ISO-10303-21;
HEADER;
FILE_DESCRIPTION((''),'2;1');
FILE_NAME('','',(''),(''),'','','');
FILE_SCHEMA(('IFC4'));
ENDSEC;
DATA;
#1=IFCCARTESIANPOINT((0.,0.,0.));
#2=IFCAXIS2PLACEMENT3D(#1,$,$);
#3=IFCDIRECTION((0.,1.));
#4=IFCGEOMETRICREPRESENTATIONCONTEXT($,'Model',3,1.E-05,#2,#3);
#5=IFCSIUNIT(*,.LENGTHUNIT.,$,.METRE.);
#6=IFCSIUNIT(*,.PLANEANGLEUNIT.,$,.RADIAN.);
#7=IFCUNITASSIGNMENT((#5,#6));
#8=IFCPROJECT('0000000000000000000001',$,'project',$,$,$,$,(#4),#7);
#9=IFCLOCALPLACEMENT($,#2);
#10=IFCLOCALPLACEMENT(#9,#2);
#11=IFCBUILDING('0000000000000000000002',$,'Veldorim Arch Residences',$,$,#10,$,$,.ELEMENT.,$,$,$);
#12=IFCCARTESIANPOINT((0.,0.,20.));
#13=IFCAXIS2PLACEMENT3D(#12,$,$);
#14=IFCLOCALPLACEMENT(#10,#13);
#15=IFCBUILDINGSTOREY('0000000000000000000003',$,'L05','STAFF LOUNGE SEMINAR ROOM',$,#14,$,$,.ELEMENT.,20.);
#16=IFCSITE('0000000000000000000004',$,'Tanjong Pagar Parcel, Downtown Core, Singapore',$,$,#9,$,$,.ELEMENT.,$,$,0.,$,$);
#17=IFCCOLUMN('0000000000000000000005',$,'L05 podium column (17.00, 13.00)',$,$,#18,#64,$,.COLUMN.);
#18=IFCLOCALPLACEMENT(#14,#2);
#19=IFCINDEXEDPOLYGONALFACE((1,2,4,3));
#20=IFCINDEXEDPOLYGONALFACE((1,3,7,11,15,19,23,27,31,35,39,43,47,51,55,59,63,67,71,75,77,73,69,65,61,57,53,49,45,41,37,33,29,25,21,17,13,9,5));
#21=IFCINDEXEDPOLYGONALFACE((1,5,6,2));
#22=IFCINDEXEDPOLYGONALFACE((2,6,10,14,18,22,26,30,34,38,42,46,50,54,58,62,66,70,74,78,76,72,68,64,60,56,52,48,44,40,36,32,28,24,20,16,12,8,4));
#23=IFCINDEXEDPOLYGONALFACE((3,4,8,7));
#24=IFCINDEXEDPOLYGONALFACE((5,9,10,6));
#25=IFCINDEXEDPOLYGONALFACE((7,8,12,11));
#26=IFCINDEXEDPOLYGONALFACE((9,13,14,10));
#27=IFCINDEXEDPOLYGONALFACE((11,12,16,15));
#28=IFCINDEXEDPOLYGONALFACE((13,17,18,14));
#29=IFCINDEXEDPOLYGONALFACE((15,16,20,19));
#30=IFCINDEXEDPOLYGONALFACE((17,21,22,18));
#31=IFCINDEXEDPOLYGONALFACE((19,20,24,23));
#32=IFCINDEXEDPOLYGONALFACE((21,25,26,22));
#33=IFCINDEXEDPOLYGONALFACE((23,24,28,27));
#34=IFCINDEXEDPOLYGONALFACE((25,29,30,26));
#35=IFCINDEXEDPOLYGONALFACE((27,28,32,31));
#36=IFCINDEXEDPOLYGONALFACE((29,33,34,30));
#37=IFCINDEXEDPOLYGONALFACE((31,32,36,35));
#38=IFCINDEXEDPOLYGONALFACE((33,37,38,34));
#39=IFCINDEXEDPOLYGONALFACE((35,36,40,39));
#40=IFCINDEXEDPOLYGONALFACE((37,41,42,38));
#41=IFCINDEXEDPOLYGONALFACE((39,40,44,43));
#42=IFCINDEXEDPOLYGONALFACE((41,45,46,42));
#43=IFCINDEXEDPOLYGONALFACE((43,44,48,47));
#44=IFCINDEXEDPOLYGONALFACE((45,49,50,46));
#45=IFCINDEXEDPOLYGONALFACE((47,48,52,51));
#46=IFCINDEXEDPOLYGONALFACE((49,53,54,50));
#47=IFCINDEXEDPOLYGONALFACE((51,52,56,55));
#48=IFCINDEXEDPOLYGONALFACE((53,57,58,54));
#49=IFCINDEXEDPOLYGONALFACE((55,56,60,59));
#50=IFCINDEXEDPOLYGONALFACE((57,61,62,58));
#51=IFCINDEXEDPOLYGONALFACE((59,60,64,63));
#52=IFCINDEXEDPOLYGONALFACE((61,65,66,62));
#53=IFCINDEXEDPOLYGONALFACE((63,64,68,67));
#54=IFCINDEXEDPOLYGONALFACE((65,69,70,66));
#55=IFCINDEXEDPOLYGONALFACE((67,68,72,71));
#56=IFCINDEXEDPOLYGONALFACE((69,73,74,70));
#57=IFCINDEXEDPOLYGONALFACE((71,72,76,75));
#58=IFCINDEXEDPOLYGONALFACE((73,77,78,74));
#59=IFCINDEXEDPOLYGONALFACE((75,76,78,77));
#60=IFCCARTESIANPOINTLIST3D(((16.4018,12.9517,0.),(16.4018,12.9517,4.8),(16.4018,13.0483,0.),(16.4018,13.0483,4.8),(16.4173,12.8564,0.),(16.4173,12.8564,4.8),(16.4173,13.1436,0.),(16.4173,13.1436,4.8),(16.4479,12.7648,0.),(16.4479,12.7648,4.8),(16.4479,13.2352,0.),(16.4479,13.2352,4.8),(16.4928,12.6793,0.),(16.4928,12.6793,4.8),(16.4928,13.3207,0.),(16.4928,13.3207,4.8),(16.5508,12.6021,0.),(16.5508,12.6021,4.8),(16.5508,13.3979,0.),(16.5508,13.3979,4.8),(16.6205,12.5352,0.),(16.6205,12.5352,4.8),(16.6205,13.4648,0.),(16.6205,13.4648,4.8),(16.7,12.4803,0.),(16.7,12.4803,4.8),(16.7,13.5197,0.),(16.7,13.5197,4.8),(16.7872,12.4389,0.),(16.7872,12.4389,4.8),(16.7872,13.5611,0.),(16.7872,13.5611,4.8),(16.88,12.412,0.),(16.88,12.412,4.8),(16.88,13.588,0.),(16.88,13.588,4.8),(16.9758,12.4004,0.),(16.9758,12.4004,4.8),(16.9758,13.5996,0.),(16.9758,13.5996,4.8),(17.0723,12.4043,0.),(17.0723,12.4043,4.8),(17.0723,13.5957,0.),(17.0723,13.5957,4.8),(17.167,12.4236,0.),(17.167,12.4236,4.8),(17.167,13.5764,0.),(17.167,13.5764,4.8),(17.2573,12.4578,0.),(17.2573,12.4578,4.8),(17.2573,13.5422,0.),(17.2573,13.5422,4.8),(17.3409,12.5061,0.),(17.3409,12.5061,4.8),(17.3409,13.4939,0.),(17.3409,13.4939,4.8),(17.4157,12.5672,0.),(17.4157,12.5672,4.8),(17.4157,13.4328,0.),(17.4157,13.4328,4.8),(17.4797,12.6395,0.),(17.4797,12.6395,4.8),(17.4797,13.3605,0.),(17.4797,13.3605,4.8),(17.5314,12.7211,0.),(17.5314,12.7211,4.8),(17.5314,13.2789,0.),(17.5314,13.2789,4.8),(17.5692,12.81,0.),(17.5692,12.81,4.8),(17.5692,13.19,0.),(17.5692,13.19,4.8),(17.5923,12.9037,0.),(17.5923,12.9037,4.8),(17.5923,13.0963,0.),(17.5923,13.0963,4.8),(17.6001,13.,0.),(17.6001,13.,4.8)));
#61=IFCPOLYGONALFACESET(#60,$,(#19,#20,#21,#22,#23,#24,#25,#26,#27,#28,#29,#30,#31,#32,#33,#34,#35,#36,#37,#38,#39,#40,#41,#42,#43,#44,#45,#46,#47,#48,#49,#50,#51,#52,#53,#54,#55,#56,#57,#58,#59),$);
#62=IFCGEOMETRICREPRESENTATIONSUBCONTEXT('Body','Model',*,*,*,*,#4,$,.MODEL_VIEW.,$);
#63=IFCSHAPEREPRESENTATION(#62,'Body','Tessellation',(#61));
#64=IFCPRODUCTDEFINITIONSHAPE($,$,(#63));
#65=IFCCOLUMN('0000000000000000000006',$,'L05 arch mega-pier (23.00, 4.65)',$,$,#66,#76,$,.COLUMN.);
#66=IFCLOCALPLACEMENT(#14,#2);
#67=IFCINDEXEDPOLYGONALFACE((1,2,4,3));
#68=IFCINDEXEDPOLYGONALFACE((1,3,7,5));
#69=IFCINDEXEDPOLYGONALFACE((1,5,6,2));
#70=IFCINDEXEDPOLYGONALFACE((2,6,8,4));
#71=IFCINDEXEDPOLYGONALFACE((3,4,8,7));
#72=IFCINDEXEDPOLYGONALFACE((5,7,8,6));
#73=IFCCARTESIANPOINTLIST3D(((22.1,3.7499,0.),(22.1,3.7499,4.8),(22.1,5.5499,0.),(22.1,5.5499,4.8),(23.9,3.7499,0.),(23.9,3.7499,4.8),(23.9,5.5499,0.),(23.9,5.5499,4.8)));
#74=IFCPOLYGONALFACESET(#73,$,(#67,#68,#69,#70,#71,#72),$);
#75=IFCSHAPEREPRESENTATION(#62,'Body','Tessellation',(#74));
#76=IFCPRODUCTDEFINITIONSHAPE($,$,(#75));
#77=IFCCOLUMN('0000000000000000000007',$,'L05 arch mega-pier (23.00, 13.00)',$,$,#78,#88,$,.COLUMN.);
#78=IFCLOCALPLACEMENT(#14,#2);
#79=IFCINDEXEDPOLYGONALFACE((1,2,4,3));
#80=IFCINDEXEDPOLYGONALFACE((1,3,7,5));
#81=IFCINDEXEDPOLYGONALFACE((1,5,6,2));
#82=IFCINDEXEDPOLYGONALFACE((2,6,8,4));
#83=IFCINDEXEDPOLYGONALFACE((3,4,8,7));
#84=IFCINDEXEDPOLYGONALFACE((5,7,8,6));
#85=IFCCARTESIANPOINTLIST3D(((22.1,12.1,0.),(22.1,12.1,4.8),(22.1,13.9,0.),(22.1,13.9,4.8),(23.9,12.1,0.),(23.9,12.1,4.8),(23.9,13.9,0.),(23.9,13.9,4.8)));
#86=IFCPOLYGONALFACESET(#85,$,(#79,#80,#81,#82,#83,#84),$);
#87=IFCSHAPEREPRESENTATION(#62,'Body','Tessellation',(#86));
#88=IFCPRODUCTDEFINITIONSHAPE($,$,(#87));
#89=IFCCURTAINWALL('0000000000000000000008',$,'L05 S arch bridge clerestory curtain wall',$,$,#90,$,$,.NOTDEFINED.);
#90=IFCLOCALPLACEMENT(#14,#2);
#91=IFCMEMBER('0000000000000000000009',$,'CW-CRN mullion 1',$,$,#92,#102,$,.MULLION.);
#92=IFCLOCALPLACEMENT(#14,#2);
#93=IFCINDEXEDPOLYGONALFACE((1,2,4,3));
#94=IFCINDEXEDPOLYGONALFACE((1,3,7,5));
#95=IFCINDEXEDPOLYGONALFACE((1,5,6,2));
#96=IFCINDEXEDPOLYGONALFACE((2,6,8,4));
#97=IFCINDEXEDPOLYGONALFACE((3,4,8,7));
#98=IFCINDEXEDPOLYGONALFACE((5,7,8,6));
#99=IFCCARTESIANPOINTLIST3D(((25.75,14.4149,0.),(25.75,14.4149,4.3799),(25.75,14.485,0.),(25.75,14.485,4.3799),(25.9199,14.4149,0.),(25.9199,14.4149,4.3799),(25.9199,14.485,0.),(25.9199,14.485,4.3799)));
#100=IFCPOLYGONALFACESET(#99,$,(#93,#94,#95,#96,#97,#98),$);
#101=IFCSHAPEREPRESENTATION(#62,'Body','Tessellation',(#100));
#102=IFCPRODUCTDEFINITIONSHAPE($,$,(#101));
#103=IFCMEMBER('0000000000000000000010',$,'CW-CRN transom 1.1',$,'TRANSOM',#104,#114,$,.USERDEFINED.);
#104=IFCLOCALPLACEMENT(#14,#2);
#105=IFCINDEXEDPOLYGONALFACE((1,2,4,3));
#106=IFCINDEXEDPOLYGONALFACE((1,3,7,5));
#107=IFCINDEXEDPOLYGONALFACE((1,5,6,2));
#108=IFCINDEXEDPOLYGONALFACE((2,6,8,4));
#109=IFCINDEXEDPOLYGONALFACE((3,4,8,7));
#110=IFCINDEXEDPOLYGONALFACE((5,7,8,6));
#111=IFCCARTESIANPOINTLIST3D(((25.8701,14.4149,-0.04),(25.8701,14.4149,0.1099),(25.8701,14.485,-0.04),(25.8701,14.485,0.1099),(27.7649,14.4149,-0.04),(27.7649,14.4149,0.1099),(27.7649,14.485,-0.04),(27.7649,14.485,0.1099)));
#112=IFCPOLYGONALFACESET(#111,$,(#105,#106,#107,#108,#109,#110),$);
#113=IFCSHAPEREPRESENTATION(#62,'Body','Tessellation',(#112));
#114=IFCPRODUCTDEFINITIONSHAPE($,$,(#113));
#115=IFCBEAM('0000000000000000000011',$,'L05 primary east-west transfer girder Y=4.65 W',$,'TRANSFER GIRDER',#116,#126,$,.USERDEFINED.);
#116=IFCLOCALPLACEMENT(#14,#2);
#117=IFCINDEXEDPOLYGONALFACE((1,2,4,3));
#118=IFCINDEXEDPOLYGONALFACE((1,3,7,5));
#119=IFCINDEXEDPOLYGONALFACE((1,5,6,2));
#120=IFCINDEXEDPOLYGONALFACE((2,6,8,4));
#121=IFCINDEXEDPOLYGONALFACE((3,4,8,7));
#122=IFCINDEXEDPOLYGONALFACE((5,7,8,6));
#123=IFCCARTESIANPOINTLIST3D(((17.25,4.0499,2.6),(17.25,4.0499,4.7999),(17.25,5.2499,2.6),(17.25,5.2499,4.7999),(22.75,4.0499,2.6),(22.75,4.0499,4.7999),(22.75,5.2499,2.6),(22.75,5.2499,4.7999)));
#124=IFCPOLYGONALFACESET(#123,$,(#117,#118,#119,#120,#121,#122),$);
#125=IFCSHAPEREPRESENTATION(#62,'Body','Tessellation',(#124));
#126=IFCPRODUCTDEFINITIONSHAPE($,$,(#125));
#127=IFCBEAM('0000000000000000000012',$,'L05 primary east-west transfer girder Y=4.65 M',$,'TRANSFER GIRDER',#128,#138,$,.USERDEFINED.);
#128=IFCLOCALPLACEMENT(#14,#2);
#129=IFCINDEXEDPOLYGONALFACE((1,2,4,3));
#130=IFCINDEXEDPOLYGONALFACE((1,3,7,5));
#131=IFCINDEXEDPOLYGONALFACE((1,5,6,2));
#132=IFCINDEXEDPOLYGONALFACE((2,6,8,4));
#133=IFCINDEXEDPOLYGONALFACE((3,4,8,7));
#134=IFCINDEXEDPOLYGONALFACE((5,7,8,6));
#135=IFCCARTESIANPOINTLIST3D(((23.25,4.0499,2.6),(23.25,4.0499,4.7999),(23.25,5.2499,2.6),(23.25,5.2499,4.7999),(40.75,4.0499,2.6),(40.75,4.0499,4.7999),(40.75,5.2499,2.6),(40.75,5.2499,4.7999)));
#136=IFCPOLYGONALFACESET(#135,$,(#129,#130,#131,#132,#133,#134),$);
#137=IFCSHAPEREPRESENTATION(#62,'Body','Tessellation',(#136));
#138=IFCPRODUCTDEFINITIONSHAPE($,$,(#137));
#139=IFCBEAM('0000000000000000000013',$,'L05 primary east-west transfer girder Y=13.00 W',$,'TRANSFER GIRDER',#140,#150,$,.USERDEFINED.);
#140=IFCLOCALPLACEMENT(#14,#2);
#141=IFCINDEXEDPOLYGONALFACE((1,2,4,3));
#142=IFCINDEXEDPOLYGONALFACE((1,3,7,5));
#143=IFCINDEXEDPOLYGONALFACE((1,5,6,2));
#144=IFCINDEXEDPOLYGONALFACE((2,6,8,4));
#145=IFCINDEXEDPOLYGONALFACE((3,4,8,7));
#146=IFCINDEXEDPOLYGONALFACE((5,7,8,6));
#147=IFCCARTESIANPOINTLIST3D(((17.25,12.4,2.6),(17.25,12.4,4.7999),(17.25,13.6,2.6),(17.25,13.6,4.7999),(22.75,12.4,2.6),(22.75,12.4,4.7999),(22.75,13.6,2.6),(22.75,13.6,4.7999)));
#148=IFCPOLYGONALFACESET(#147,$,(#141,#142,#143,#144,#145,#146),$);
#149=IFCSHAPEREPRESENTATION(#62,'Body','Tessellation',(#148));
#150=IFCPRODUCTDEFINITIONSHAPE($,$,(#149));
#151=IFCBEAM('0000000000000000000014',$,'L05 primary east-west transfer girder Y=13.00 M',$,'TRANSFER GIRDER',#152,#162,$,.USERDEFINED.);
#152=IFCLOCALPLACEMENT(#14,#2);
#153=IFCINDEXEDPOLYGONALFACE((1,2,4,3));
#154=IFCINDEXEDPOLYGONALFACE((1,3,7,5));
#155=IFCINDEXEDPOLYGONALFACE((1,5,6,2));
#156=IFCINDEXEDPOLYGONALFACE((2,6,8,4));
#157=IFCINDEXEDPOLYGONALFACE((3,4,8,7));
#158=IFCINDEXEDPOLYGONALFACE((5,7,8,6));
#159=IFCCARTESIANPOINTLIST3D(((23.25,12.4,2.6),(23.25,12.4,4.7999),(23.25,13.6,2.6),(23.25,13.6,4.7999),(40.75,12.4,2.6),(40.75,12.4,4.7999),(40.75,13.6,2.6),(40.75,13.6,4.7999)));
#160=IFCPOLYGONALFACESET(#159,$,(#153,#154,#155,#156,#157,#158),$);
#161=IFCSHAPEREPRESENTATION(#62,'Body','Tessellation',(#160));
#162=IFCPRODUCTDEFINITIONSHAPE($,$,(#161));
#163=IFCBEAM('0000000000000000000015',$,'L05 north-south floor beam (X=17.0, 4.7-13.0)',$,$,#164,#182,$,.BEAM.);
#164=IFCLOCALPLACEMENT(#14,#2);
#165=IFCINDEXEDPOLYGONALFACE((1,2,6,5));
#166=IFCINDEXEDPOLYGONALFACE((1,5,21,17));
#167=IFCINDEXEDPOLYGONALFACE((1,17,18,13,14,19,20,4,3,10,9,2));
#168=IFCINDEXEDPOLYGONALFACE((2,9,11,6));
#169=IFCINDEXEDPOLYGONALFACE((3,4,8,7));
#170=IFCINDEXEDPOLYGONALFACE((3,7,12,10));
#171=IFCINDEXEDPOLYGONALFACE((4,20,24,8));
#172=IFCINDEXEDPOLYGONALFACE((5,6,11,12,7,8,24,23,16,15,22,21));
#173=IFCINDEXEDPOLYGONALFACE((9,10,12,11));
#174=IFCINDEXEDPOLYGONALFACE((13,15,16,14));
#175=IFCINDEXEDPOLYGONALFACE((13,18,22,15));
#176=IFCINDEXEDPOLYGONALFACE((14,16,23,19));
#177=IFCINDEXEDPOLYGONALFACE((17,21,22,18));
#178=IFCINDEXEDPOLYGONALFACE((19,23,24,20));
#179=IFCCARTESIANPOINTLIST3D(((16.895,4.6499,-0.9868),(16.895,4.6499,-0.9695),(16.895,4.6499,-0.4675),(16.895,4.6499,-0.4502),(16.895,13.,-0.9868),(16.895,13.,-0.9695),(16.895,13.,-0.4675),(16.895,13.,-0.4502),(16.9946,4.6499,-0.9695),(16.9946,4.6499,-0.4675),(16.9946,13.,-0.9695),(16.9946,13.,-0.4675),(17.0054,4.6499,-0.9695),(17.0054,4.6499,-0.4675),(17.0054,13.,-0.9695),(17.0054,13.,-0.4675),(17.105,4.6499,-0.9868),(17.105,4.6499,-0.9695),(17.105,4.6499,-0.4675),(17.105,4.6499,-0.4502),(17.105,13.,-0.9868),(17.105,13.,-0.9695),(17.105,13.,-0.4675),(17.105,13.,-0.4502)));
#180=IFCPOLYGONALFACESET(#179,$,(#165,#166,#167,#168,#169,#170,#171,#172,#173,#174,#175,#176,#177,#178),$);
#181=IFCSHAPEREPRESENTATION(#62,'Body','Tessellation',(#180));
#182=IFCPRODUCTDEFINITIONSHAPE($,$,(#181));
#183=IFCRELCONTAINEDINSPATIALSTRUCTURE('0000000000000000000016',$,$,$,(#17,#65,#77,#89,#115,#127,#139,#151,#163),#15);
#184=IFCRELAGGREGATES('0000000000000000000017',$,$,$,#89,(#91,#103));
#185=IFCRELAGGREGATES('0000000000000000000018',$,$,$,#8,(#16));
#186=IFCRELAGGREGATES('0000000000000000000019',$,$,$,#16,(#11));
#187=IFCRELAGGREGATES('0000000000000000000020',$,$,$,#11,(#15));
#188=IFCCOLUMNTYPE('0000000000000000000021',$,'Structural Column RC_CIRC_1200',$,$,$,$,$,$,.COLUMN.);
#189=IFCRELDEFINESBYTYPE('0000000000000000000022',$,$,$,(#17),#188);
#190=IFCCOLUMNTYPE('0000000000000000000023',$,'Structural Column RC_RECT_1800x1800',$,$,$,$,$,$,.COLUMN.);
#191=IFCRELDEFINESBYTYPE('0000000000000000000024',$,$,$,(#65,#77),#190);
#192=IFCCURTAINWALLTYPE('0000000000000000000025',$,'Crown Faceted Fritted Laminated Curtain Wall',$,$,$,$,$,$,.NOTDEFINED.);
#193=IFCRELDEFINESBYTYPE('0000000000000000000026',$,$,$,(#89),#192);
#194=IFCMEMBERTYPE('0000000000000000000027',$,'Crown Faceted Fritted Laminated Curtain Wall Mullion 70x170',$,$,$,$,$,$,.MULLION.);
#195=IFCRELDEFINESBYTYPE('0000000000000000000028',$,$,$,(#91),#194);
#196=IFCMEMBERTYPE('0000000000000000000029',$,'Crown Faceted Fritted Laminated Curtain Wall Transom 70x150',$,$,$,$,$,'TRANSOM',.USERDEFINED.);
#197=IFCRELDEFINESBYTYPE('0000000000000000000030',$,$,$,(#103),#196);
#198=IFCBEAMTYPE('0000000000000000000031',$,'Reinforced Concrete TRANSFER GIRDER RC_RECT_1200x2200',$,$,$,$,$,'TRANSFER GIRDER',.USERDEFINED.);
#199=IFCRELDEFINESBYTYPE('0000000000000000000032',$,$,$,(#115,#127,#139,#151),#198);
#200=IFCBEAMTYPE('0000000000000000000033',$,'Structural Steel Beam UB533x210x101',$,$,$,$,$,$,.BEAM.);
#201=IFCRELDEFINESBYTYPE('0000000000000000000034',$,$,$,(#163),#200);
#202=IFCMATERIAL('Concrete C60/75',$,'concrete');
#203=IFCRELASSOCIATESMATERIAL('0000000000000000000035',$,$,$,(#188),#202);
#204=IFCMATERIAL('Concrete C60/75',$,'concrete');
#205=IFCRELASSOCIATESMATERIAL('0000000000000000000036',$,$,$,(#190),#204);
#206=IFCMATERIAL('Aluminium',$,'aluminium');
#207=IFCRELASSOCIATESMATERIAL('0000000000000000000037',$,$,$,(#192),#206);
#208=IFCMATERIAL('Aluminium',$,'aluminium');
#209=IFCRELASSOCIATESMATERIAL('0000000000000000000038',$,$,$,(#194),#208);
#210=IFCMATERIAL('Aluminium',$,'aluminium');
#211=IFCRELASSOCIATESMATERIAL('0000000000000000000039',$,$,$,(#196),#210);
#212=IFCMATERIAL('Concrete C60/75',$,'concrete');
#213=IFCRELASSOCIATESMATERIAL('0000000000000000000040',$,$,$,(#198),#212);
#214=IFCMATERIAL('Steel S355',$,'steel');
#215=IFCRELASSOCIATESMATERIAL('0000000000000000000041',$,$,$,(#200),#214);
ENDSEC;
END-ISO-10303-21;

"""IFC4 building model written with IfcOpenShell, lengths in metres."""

from ifc_helpers import new_model, si_unit, direction, frame, origin, origin_2d, place, context, subcontext, project, spatial, rectangle, circle, i_section, extrude, material, material_profile, profile_set, type_object, element, aggregate, save


model = new_model("IFC4")

# Units and contexts
model_context = context("Model", 3, precision=1e-05, world=origin(), true_north=direction((0.0, 1.0)))
body_context = subcontext(model_context, "Body", "Model", "MODEL_VIEW")
ifc_project = project(units=[si_unit("LENGTHUNIT", "METRE"), si_unit("PLANEANGLEUNIT", "RADIAN")], contexts=[model_context])

# Site, building, storey
site_placement = place(None, origin())
site = spatial("IfcSite", under=ifc_project, at=site_placement, Name="Tanjong Pagar Parcel, Downtown Core, Singapore", CompositionType="ELEMENT", RefElevation=0.0)
building_placement = place(site_placement, origin())
building = spatial("IfcBuilding", under=site, at=building_placement, Name="Veldorim Arch Residences", CompositionType="ELEMENT")
storey_placement = place(building_placement, frame((0.0, 0.0, 20.0)))
storey = spatial("IfcBuildingStorey", under=building, at=storey_placement, Name="L05", Description="STAFF LOUNGE SEMINAR ROOM", CompositionType="ELEMENT", Elevation=20.0)

# Columns
ifc_material_1 = material(Name="Concrete C60/75", Category="concrete")
ifc_material_profile_1 = material_profile(ifc_material_1, circle(Radius=0.6001, at=origin_2d()), Name="RC_CIRC_1200")
ifc_profile_set_1 = profile_set([ifc_material_profile_1], Name="Concrete C60/75")
column_type_1 = type_object("IfcColumnType", Name="Structural Column RC_CIRC_1200", PredefinedType="COLUMN", material=ifc_profile_set_1)
column_placement = place(storey_placement, frame((17.0, 13.0, 0.0), z_axis=(0.0, 0.0, 1.0), x_axis=(1.0, 0.0, 0.0)))
element("IfcColumn", 1, at=column_placement, inside=storey, type_object=column_type_1, Name="L05 podium column (17.00, 13.00)", PredefinedType="COLUMN", context=body_context, shape_type="SweptSolid", body=[
    extrude(circle(Radius=0.6001, at=origin_2d()), origin(), (0.0, 0.0, 1.0), 4.8),
])
ifc_material_2 = material(Name="Concrete C60/75", Category="concrete")
ifc_material_profile_2 = material_profile(ifc_material_2, rectangle(XDim=1.8, YDim=1.8, at=origin_2d()), Name="RC_RECT_1800x1800")
ifc_profile_set_2 = profile_set([ifc_material_profile_2], Name="Concrete C60/75")
column_type_2 = type_object("IfcColumnType", Name="Structural Column RC_RECT_1800x1800", PredefinedType="COLUMN", material=ifc_profile_set_2)
for number, where, z_axis, x_axis, name in (
    (2, (23.0, 4.6499, 0.0), (0.0, 0.0, 1.0), (1.0, 0.0, 0.0), "L05 arch mega-pier (23.00, 4.65)"),
    (3, (23.0, 13.0, 0.0), (0.0, 0.0, 1.0), (1.0, 0.0, 0.0), "L05 arch mega-pier (23.00, 13.00)"),
):
    element("IfcColumn", number, at=place(storey_placement, frame(where, z_axis=z_axis, x_axis=x_axis)), inside=storey, type_object=column_type_2, Name=name, PredefinedType="COLUMN", context=body_context, shape_type="SweptSolid", body=[
        extrude(rectangle(XDim=1.8, YDim=1.8, at=origin_2d()), origin(), (0.0, 0.0, 1.0), 4.8),
    ])

# Curtain wall, members
ifc_material_3 = material(Name="Aluminium", Category="aluminium")
curtain_wall_type = type_object("IfcCurtainWallType", Name="Crown Faceted Fritted Laminated Curtain Wall", PredefinedType="NOTDEFINED", material=ifc_material_3)
curtain_wall_placement = place(storey_placement, origin())
curtain_wall = element("IfcCurtainWall", 4, at=curtain_wall_placement, inside=storey, type_object=curtain_wall_type, Name="L05 S arch bridge clerestory curtain wall", PredefinedType="NOTDEFINED")
ifc_material_4 = material(Name="Aluminium", Category="aluminium")
ifc_material_profile_3 = material_profile(ifc_material_4, rectangle(XDim=0.0701, YDim=0.1699, at=origin_2d()), Name="ALU_MUL_70x170")
ifc_profile_set_3 = profile_set([ifc_material_profile_3], Name="Aluminium")
member_type_1 = type_object("IfcMemberType", Name="Crown Faceted Fritted Laminated Curtain Wall Mullion 70x170", PredefinedType="MULLION", material=ifc_profile_set_3)
member_1_placement = place(storey_placement, frame((25.835, 14.45, 0.0), z_axis=(0.0, 0.0, 1.0), x_axis=(0.0, 1.0, 0.0)))
member_1 = element("IfcMember", 5, at=member_1_placement, type_object=member_type_1, Name="CW-CRN mullion 1", PredefinedType="MULLION", context=body_context, shape_type="SweptSolid", body=[
    extrude(rectangle(XDim=0.0701, YDim=0.1699, at=origin_2d()), origin(), (0.0, 0.0, 1.0), 4.3799),
])
ifc_material_5 = material(Name="Aluminium", Category="aluminium")
ifc_material_profile_4 = material_profile(ifc_material_5, rectangle(XDim=0.0701, YDim=0.1499, at=origin_2d()), Name="ALU_TRN_70x150")
ifc_profile_set_4 = profile_set([ifc_material_profile_4], Name="Aluminium")
member_type_2 = type_object("IfcMemberType", Name="Crown Faceted Fritted Laminated Curtain Wall Transom 70x150", ElementType="TRANSOM", PredefinedType="USERDEFINED", material=ifc_profile_set_4)
member_2_placement = place(storey_placement, frame((25.8701, 14.45, 0.0349), z_axis=(1.0, 0.0, 0.0), x_axis=(0.0, 1.0, 0.0)))
member_2 = element("IfcMember", 6, at=member_2_placement, type_object=member_type_2, Name="CW-CRN transom 1.1", ObjectType="TRANSOM", PredefinedType="USERDEFINED", context=body_context, shape_type="SweptSolid", body=[
    extrude(rectangle(XDim=0.0701, YDim=0.1499, at=origin_2d()), origin(), (0.0, 0.0, 1.0), 1.8948),
])
aggregate(curtain_wall, [member_1, member_2])

# Beams
ifc_material_6 = material(Name="Concrete C60/75", Category="concrete")
ifc_material_profile_5 = material_profile(ifc_material_6, rectangle(XDim=1.2, YDim=2.2, at=origin_2d()), Name="RC_RECT_1200x2200")
ifc_profile_set_5 = profile_set([ifc_material_profile_5], Name="Concrete C60/75")
beam_type_1 = type_object("IfcBeamType", Name="Reinforced Concrete TRANSFER GIRDER RC_RECT_1200x2200", ElementType="TRANSFER GIRDER", PredefinedType="USERDEFINED", material=ifc_profile_set_5)
beam_1_placement = place(storey_placement, frame((17.25, 4.6499, 3.7), z_axis=(1.0, 0.0, 0.0), x_axis=(0.0, 1.0, 0.0)))
element("IfcBeam", 7, at=beam_1_placement, inside=storey, type_object=beam_type_1, Name="L05 primary east-west transfer girder Y=4.65 W", ObjectType="TRANSFER GIRDER", PredefinedType="USERDEFINED", context=body_context, shape_type="SweptSolid", body=[
    extrude(rectangle(XDim=1.2, YDim=2.2, at=origin_2d()), origin(), (0.0, 0.0, 1.0), 5.5),
])
beam_2_placement = place(storey_placement, frame((23.25, 4.6499, 3.7), z_axis=(1.0, 0.0, 0.0), x_axis=(0.0, 1.0, 0.0)))
element("IfcBeam", 8, at=beam_2_placement, inside=storey, type_object=beam_type_1, Name="L05 primary east-west transfer girder Y=4.65 M", ObjectType="TRANSFER GIRDER", PredefinedType="USERDEFINED", context=body_context, shape_type="SweptSolid", body=[
    extrude(rectangle(XDim=1.2, YDim=2.2, at=origin_2d()), origin(), (0.0, 0.0, 1.0), 17.5),
])
beam_3_placement = place(storey_placement, frame((17.25, 13.0, 3.7), z_axis=(1.0, 0.0, 0.0), x_axis=(0.0, 1.0, 0.0)))
element("IfcBeam", 9, at=beam_3_placement, inside=storey, type_object=beam_type_1, Name="L05 primary east-west transfer girder Y=13.00 W", ObjectType="TRANSFER GIRDER", PredefinedType="USERDEFINED", context=body_context, shape_type="SweptSolid", body=[
    extrude(rectangle(XDim=1.2, YDim=2.2, at=origin_2d()), origin(), (0.0, 0.0, 1.0), 5.5),
])
beam_4_placement = place(storey_placement, frame((23.25, 13.0, 3.7), z_axis=(1.0, 0.0, 0.0), x_axis=(0.0, 1.0, 0.0)))
element("IfcBeam", 10, at=beam_4_placement, inside=storey, type_object=beam_type_1, Name="L05 primary east-west transfer girder Y=13.00 M", ObjectType="TRANSFER GIRDER", PredefinedType="USERDEFINED", context=body_context, shape_type="SweptSolid", body=[
    extrude(rectangle(XDim=1.2, YDim=2.2, at=origin_2d()), origin(), (0.0, 0.0, 1.0), 17.5),
])
ifc_material_7 = material(Name="Steel S355", Category="steel")
ifc_material_profile_6 = material_profile(ifc_material_7, i_section(OverallWidth=0.21, OverallDepth=0.5366, WebThickness=0.0107, FlangeThickness=0.0173, at=origin_2d()), Name="UB533x210x101")
ifc_profile_set_6 = profile_set([ifc_material_profile_6], Name="Steel S355")
beam_type_2 = type_object("IfcBeamType", Name="Structural Steel Beam UB533x210x101", PredefinedType="BEAM", material=ifc_profile_set_6)
beam_5_placement = place(storey_placement, frame((17.0, 4.6499, -0.7185), z_axis=(0.0, 1.0, 0.0), x_axis=(-1.0, 0.0, 0.0)))
element("IfcBeam", 11, at=beam_5_placement, inside=storey, type_object=beam_type_2, Name="L05 north-south floor beam (X=17.0, 4.7-13.0)", PredefinedType="BEAM", context=body_context, shape_type="SweptSolid", body=[
    extrude(i_section(OverallWidth=0.21, OverallDepth=0.5366, WebThickness=0.0107, FlangeThickness=0.0173, at=origin_2d()), origin(), (0.0, 0.0, 1.0), 8.3501),
])

save(model, "model.ifc")
